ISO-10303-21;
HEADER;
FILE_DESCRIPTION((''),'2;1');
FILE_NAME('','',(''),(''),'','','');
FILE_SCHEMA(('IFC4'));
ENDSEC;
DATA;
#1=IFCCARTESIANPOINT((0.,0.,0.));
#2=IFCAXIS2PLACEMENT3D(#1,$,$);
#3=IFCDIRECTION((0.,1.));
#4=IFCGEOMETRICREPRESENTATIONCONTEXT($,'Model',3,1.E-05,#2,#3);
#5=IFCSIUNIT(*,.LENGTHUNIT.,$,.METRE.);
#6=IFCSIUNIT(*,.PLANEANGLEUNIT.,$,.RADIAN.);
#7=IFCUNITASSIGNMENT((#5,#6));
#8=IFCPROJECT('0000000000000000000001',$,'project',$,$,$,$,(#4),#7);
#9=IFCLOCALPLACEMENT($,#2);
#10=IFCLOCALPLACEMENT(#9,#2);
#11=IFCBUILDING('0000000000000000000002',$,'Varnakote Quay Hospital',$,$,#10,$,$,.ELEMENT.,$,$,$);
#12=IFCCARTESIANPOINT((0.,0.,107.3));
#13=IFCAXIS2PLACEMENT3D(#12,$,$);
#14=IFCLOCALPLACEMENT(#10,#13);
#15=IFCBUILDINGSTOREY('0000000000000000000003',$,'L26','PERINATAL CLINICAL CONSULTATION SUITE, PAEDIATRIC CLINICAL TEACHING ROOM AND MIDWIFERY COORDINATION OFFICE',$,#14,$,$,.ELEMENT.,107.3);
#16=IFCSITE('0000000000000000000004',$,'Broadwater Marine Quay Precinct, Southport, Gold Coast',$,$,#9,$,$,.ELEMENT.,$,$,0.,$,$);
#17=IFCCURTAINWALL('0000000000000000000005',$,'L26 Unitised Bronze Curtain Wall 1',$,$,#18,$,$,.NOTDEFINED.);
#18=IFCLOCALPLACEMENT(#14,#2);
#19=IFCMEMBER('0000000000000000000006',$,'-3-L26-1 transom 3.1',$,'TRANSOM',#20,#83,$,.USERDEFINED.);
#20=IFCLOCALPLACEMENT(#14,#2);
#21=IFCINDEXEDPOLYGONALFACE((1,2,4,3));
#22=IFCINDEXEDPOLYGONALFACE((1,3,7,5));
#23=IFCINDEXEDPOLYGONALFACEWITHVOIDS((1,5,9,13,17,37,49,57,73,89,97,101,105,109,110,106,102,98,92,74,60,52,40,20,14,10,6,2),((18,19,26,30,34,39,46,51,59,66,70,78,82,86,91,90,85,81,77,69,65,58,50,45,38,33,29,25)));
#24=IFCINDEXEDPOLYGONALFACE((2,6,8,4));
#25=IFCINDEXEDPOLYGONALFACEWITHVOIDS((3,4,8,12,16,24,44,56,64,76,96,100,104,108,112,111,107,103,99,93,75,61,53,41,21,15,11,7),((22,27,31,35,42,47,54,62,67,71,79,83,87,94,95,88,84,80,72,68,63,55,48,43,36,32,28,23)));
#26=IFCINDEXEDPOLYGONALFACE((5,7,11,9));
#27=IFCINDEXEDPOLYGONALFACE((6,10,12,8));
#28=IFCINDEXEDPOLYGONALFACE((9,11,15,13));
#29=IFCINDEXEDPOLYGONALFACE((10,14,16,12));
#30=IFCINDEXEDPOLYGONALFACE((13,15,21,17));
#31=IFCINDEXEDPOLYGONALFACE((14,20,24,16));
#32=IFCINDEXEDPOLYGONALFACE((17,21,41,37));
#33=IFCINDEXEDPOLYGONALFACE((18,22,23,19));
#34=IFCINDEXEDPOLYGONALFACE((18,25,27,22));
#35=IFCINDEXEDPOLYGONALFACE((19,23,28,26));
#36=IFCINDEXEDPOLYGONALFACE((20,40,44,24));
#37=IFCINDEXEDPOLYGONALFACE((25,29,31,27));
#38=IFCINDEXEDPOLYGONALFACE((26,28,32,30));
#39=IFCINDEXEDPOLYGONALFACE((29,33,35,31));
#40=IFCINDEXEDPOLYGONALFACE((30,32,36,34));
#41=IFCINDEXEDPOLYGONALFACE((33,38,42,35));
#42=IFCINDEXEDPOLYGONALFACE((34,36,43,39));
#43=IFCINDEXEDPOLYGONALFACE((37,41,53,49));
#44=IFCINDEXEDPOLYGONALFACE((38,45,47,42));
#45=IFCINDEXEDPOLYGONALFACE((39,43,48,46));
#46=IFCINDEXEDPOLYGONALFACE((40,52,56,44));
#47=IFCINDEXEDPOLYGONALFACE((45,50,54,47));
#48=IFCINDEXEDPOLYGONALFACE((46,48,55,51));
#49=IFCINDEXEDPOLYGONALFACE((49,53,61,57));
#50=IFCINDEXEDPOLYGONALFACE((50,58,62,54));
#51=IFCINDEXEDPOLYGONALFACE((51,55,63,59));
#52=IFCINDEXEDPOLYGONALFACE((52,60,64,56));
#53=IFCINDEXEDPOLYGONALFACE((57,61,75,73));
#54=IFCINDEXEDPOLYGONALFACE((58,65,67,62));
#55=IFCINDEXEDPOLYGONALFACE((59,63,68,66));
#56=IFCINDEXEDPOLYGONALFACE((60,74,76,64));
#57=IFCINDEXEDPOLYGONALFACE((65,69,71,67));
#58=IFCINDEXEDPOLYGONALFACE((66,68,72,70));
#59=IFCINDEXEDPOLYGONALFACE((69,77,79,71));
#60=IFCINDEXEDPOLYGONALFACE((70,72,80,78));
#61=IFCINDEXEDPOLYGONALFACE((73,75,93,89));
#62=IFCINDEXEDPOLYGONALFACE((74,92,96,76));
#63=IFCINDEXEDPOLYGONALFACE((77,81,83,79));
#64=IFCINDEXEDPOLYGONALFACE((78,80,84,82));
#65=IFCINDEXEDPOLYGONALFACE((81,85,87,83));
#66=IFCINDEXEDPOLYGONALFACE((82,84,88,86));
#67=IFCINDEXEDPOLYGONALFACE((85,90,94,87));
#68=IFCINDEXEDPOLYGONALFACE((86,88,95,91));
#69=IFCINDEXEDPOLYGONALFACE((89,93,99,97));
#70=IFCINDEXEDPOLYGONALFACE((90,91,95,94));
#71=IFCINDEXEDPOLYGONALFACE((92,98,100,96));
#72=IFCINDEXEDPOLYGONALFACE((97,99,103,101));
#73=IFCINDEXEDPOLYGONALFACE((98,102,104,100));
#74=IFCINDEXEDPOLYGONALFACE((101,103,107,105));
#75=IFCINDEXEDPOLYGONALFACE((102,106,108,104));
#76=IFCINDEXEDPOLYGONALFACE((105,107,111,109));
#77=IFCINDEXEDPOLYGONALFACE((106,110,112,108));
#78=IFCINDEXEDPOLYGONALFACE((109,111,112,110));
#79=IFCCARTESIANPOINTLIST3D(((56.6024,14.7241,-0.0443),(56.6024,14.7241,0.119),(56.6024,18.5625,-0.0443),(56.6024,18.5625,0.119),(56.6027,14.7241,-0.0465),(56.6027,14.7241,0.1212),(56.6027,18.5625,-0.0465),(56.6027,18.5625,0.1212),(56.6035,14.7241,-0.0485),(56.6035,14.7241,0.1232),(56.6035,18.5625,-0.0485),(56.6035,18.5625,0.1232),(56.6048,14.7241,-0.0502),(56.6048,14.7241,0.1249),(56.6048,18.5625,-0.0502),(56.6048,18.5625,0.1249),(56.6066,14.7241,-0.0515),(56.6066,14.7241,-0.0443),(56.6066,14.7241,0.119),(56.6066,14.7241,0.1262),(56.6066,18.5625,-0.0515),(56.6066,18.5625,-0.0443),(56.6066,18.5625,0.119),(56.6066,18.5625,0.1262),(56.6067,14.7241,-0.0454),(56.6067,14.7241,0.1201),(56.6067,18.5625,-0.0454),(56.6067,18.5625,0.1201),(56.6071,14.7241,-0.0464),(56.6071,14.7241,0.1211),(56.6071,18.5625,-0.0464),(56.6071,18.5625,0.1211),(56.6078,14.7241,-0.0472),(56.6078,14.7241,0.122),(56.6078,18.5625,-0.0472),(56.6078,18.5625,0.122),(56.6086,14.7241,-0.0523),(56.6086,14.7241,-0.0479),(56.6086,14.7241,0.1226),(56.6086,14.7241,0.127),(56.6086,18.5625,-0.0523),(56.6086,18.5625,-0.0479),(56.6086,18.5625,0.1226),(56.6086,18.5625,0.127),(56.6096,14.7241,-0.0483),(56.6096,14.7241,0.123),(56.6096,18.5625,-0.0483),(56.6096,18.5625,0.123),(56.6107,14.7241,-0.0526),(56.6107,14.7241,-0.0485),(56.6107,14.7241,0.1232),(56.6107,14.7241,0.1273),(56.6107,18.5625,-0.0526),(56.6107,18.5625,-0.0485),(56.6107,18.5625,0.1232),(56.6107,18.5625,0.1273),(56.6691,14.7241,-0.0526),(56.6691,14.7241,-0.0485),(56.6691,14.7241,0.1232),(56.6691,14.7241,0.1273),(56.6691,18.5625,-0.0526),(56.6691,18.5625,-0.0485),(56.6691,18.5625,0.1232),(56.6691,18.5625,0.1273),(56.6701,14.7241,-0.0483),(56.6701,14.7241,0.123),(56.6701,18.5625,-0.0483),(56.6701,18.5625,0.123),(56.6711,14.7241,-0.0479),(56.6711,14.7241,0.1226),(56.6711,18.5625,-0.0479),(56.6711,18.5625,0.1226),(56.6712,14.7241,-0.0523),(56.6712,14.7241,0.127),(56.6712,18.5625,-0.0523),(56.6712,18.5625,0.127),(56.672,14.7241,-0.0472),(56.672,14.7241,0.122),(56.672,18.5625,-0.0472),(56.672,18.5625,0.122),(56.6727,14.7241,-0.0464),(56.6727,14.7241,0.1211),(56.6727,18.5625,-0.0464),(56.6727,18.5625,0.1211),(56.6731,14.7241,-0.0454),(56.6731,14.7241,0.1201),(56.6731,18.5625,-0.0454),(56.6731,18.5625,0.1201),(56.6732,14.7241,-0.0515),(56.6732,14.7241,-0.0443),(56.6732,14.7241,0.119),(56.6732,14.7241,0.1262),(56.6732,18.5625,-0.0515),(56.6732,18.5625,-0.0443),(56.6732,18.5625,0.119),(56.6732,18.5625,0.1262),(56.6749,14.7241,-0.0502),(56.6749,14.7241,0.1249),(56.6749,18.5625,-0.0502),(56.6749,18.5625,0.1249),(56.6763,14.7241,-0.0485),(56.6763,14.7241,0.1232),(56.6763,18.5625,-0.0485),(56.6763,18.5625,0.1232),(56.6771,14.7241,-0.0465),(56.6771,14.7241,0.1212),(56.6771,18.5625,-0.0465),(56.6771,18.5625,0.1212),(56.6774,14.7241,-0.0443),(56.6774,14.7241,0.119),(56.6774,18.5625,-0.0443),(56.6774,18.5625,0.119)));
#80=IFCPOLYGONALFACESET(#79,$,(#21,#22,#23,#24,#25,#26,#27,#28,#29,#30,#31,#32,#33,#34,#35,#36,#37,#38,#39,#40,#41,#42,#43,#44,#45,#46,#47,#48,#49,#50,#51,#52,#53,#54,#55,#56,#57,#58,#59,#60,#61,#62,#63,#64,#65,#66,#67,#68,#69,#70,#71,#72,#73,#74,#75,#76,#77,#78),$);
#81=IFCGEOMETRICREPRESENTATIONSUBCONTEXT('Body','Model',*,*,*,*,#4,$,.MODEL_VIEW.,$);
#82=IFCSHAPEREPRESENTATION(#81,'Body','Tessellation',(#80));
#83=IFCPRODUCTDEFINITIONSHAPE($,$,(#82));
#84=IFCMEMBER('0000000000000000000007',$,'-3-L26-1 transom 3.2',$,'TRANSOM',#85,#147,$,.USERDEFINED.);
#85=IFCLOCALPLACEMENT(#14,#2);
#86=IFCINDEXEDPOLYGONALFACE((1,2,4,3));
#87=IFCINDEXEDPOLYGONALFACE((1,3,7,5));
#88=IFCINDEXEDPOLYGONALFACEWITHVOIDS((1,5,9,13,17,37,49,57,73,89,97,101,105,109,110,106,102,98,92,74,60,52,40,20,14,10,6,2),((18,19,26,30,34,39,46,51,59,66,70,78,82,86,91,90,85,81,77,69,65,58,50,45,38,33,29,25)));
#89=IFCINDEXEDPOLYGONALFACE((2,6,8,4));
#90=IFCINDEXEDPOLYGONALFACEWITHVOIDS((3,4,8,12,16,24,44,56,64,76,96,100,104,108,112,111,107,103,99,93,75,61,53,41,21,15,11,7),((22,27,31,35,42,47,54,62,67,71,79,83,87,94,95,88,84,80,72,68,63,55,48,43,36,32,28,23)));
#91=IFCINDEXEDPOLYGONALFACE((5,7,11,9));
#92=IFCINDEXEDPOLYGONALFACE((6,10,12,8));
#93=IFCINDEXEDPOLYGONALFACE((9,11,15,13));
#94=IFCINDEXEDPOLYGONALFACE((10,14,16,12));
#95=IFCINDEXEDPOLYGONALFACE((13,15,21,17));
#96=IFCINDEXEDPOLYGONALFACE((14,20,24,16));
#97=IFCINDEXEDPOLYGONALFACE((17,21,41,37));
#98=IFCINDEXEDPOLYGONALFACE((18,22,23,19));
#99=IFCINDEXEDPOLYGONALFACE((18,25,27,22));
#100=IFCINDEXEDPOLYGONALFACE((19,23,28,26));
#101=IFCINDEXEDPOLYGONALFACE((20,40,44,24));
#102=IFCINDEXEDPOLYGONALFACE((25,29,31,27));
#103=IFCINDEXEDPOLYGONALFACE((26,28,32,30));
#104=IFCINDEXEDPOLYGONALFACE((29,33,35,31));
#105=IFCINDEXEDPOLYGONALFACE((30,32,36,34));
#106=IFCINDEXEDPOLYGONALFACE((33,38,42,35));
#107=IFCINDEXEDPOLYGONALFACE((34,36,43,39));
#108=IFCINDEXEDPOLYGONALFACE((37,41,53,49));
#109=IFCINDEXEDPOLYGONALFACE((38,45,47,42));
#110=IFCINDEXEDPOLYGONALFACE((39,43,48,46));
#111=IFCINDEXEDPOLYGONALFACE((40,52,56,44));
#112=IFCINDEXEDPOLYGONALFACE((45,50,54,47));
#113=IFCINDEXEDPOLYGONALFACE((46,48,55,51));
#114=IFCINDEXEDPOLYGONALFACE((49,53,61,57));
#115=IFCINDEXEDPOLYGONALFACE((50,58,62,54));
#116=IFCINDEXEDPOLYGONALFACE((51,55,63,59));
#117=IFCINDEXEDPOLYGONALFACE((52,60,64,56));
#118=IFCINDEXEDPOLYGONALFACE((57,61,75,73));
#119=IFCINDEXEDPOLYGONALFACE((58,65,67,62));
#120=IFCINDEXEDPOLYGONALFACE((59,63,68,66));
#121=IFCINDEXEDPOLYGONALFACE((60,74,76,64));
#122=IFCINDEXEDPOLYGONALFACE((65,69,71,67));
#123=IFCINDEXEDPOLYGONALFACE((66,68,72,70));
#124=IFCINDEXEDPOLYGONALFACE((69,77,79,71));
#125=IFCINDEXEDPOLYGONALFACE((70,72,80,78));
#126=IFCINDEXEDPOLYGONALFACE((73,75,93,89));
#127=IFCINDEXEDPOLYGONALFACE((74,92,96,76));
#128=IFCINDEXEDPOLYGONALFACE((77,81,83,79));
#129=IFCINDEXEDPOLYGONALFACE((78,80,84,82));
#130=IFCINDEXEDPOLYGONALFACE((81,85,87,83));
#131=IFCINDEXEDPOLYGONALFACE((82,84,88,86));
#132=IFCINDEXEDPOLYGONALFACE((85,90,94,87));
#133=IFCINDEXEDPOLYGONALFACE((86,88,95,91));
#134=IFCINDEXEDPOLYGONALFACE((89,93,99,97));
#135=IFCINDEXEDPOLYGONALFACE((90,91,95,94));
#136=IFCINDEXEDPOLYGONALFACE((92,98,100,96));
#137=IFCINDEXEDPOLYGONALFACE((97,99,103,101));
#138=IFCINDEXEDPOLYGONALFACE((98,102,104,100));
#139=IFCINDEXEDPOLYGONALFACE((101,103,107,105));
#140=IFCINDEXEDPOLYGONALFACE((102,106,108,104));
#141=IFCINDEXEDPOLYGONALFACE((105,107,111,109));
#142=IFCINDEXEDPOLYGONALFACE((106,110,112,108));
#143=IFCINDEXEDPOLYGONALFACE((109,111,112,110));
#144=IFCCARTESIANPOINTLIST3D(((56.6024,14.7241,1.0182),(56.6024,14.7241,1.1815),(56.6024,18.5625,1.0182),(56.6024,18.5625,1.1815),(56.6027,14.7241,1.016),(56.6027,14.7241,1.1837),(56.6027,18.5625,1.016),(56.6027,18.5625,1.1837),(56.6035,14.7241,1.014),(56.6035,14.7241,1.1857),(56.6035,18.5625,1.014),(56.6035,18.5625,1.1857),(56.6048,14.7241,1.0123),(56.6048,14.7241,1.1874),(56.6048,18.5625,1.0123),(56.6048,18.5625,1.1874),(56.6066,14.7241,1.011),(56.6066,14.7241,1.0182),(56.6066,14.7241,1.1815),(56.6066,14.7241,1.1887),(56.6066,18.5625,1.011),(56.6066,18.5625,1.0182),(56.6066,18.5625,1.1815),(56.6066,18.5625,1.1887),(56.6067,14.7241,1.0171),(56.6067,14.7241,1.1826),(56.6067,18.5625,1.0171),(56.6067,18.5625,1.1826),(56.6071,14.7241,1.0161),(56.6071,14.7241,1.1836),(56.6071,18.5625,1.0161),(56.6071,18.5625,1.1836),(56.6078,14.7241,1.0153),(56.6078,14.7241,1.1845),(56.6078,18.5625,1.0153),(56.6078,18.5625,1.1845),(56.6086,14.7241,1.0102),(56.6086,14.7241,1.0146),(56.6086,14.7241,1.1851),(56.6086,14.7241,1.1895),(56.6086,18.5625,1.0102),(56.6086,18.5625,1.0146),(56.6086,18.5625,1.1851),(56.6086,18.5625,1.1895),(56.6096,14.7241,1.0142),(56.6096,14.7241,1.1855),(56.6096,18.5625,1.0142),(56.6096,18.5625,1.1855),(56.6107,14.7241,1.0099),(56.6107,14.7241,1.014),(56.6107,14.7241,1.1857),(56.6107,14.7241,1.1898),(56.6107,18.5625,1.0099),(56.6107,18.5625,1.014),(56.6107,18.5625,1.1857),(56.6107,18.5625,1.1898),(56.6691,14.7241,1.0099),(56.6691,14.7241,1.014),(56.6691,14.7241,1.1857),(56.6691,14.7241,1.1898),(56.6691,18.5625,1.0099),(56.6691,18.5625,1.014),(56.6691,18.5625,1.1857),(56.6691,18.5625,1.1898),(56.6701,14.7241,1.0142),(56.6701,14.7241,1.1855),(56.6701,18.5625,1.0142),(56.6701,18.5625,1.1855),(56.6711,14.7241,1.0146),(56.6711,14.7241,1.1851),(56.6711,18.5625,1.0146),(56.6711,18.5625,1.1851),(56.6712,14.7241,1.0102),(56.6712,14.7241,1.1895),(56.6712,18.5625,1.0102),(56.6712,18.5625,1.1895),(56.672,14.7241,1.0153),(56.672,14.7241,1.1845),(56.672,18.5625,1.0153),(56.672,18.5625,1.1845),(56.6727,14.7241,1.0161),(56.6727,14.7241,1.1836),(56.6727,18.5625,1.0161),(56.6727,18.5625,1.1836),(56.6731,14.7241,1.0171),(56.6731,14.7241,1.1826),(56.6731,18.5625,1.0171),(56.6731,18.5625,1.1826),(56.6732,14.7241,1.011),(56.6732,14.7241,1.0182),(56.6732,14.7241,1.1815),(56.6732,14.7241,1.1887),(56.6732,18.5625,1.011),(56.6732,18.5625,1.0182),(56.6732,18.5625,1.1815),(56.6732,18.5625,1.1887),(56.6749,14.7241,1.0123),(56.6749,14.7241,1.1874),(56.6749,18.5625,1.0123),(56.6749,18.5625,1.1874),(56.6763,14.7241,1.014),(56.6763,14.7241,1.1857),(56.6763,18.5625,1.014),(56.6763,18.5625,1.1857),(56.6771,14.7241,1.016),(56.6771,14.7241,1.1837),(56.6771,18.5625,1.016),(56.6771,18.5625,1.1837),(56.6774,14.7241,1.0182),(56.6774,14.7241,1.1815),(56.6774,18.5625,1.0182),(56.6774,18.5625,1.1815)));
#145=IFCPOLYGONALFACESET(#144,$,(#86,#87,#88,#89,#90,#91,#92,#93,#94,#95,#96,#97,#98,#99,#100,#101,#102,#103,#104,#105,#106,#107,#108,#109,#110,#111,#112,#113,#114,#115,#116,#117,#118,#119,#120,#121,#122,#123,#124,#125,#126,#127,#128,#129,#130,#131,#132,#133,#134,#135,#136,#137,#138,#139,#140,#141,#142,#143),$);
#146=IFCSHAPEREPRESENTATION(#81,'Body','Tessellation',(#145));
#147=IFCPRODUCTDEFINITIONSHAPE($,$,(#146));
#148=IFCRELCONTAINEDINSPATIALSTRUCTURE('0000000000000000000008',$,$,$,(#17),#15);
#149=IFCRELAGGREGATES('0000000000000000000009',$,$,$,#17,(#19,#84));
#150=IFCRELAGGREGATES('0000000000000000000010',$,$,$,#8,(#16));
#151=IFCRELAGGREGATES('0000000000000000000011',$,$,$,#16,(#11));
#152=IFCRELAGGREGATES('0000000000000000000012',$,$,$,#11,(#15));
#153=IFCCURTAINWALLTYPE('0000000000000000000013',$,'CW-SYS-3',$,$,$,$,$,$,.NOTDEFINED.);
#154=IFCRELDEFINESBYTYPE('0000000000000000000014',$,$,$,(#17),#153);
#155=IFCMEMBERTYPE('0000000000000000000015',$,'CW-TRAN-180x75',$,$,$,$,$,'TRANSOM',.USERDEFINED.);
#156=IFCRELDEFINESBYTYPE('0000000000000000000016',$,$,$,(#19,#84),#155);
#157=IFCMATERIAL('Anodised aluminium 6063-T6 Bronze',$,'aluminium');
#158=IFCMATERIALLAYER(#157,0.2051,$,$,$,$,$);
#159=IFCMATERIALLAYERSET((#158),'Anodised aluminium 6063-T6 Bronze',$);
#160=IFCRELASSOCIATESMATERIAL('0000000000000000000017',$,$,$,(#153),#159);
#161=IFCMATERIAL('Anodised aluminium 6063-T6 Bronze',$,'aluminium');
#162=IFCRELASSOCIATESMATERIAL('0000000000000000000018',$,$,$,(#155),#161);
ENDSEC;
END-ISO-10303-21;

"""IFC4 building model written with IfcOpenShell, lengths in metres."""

from ifc_helpers import new_model, si_unit, direction, frame, origin, origin_2d, place, context, subcontext, project, spatial, hollow_rectangle, extrude, material, layer, layer_set, material_profile, profile_set, type_object, element, aggregate, save


model = new_model("IFC4")

# Units and contexts
model_context = context("Model", 3, precision=1e-05, world=origin(), true_north=direction((0.0, 1.0)))
body_context = subcontext(model_context, "Body", "Model", "MODEL_VIEW")
ifc_project = project(units=[si_unit("LENGTHUNIT", "METRE"), si_unit("PLANEANGLEUNIT", "RADIAN")], contexts=[model_context])

# Site, building, storey
site_placement = place(None, origin())
site = spatial("IfcSite", under=ifc_project, at=site_placement, Name="Broadwater Marine Quay Precinct, Southport, Gold Coast", CompositionType="ELEMENT", RefElevation=0.0)
building_placement = place(site_placement, origin())
building = spatial("IfcBuilding", under=site, at=building_placement, Name="Varnakote Quay Hospital", CompositionType="ELEMENT")
storey_placement = place(building_placement, frame((0.0, 0.0, 107.3)))
storey = spatial("IfcBuildingStorey", under=building, at=storey_placement, Name="L26", Description="PERINATAL CLINICAL CONSULTATION SUITE, PAEDIATRIC CLINICAL TEACHING ROOM AND MIDWIFERY COORDINATION OFFICE", CompositionType="ELEMENT", Elevation=107.3)

# Curtain wall, members
ifc_material_1 = material(Name="Anodised aluminium 6063-T6 Bronze", Category="aluminium")
ifc_layer_1 = layer(ifc_material_1, 0.2051)
ifc_layer_set_1 = layer_set([ifc_layer_1], Name="Anodised aluminium 6063-T6 Bronze")
curtain_wall_type = type_object("IfcCurtainWallType", Name="CW-SYS-3", PredefinedType="NOTDEFINED", material=ifc_layer_set_1)
curtain_wall_placement = place(storey_placement, origin())
curtain_wall = element("IfcCurtainWall", 1, at=curtain_wall_placement, inside=storey, type_object=curtain_wall_type, Name="L26 Unitised Bronze Curtain Wall 1", PredefinedType="NOTDEFINED")
ifc_material_2 = material(Name="Anodised aluminium 6063-T6 Bronze", Category="aluminium")
ifc_material_profile_1 = material_profile(ifc_material_2, hollow_rectangle(XDim=0.075, YDim=0.1799, WallThickness=0.0042, InnerFilletRadius=0.0042, OuterFilletRadius=0.0083, at=origin_2d()), Name="CW-TRAN-180x75")
ifc_profile_set_1 = profile_set([ifc_material_profile_1], Name="Anodised aluminium 6063-T6 Bronze")
member_type_1 = type_object("IfcMemberType", Name="CW-TRAN-180x75", ElementType="TRANSOM", PredefinedType="USERDEFINED", material=ifc_profile_set_1)
member_1_placement = place(storey_placement, frame((56.6399, 14.7241, 0.0374), z_axis=(0.0, 1.0, 0.0), x_axis=(-1.0, 0.0, 0.0)))
member_1 = element("IfcMember", 2, at=member_1_placement, type_object=member_type_1, Name="-3-L26-1 transom 3.1", ObjectType="TRANSOM", PredefinedType="USERDEFINED", context=body_context, shape_type="SweptSolid", body=[
    extrude(hollow_rectangle(XDim=0.075, YDim=0.1799, WallThickness=0.0042, InnerFilletRadius=0.0042, OuterFilletRadius=0.0083, at=origin_2d()), origin(), (0.0, 0.0, 1.0), 3.8384),
])
member_2_placement = place(storey_placement, frame((56.6399, 14.7241, 1.0999), z_axis=(0.0, 1.0, 0.0), x_axis=(-1.0, 0.0, 0.0)))
member_2 = element("IfcMember", 3, at=member_2_placement, type_object=member_type_1, Name="-3-L26-1 transom 3.2", ObjectType="TRANSOM", PredefinedType="USERDEFINED", context=body_context, shape_type="SweptSolid", body=[
    extrude(hollow_rectangle(XDim=0.075, YDim=0.1799, WallThickness=0.0042, InnerFilletRadius=0.0042, OuterFilletRadius=0.0083, at=origin_2d()), origin(), (0.0, 0.0, 1.0), 3.8384),
])
aggregate(curtain_wall, [member_1, member_2])

save(model, "model.ifc")
